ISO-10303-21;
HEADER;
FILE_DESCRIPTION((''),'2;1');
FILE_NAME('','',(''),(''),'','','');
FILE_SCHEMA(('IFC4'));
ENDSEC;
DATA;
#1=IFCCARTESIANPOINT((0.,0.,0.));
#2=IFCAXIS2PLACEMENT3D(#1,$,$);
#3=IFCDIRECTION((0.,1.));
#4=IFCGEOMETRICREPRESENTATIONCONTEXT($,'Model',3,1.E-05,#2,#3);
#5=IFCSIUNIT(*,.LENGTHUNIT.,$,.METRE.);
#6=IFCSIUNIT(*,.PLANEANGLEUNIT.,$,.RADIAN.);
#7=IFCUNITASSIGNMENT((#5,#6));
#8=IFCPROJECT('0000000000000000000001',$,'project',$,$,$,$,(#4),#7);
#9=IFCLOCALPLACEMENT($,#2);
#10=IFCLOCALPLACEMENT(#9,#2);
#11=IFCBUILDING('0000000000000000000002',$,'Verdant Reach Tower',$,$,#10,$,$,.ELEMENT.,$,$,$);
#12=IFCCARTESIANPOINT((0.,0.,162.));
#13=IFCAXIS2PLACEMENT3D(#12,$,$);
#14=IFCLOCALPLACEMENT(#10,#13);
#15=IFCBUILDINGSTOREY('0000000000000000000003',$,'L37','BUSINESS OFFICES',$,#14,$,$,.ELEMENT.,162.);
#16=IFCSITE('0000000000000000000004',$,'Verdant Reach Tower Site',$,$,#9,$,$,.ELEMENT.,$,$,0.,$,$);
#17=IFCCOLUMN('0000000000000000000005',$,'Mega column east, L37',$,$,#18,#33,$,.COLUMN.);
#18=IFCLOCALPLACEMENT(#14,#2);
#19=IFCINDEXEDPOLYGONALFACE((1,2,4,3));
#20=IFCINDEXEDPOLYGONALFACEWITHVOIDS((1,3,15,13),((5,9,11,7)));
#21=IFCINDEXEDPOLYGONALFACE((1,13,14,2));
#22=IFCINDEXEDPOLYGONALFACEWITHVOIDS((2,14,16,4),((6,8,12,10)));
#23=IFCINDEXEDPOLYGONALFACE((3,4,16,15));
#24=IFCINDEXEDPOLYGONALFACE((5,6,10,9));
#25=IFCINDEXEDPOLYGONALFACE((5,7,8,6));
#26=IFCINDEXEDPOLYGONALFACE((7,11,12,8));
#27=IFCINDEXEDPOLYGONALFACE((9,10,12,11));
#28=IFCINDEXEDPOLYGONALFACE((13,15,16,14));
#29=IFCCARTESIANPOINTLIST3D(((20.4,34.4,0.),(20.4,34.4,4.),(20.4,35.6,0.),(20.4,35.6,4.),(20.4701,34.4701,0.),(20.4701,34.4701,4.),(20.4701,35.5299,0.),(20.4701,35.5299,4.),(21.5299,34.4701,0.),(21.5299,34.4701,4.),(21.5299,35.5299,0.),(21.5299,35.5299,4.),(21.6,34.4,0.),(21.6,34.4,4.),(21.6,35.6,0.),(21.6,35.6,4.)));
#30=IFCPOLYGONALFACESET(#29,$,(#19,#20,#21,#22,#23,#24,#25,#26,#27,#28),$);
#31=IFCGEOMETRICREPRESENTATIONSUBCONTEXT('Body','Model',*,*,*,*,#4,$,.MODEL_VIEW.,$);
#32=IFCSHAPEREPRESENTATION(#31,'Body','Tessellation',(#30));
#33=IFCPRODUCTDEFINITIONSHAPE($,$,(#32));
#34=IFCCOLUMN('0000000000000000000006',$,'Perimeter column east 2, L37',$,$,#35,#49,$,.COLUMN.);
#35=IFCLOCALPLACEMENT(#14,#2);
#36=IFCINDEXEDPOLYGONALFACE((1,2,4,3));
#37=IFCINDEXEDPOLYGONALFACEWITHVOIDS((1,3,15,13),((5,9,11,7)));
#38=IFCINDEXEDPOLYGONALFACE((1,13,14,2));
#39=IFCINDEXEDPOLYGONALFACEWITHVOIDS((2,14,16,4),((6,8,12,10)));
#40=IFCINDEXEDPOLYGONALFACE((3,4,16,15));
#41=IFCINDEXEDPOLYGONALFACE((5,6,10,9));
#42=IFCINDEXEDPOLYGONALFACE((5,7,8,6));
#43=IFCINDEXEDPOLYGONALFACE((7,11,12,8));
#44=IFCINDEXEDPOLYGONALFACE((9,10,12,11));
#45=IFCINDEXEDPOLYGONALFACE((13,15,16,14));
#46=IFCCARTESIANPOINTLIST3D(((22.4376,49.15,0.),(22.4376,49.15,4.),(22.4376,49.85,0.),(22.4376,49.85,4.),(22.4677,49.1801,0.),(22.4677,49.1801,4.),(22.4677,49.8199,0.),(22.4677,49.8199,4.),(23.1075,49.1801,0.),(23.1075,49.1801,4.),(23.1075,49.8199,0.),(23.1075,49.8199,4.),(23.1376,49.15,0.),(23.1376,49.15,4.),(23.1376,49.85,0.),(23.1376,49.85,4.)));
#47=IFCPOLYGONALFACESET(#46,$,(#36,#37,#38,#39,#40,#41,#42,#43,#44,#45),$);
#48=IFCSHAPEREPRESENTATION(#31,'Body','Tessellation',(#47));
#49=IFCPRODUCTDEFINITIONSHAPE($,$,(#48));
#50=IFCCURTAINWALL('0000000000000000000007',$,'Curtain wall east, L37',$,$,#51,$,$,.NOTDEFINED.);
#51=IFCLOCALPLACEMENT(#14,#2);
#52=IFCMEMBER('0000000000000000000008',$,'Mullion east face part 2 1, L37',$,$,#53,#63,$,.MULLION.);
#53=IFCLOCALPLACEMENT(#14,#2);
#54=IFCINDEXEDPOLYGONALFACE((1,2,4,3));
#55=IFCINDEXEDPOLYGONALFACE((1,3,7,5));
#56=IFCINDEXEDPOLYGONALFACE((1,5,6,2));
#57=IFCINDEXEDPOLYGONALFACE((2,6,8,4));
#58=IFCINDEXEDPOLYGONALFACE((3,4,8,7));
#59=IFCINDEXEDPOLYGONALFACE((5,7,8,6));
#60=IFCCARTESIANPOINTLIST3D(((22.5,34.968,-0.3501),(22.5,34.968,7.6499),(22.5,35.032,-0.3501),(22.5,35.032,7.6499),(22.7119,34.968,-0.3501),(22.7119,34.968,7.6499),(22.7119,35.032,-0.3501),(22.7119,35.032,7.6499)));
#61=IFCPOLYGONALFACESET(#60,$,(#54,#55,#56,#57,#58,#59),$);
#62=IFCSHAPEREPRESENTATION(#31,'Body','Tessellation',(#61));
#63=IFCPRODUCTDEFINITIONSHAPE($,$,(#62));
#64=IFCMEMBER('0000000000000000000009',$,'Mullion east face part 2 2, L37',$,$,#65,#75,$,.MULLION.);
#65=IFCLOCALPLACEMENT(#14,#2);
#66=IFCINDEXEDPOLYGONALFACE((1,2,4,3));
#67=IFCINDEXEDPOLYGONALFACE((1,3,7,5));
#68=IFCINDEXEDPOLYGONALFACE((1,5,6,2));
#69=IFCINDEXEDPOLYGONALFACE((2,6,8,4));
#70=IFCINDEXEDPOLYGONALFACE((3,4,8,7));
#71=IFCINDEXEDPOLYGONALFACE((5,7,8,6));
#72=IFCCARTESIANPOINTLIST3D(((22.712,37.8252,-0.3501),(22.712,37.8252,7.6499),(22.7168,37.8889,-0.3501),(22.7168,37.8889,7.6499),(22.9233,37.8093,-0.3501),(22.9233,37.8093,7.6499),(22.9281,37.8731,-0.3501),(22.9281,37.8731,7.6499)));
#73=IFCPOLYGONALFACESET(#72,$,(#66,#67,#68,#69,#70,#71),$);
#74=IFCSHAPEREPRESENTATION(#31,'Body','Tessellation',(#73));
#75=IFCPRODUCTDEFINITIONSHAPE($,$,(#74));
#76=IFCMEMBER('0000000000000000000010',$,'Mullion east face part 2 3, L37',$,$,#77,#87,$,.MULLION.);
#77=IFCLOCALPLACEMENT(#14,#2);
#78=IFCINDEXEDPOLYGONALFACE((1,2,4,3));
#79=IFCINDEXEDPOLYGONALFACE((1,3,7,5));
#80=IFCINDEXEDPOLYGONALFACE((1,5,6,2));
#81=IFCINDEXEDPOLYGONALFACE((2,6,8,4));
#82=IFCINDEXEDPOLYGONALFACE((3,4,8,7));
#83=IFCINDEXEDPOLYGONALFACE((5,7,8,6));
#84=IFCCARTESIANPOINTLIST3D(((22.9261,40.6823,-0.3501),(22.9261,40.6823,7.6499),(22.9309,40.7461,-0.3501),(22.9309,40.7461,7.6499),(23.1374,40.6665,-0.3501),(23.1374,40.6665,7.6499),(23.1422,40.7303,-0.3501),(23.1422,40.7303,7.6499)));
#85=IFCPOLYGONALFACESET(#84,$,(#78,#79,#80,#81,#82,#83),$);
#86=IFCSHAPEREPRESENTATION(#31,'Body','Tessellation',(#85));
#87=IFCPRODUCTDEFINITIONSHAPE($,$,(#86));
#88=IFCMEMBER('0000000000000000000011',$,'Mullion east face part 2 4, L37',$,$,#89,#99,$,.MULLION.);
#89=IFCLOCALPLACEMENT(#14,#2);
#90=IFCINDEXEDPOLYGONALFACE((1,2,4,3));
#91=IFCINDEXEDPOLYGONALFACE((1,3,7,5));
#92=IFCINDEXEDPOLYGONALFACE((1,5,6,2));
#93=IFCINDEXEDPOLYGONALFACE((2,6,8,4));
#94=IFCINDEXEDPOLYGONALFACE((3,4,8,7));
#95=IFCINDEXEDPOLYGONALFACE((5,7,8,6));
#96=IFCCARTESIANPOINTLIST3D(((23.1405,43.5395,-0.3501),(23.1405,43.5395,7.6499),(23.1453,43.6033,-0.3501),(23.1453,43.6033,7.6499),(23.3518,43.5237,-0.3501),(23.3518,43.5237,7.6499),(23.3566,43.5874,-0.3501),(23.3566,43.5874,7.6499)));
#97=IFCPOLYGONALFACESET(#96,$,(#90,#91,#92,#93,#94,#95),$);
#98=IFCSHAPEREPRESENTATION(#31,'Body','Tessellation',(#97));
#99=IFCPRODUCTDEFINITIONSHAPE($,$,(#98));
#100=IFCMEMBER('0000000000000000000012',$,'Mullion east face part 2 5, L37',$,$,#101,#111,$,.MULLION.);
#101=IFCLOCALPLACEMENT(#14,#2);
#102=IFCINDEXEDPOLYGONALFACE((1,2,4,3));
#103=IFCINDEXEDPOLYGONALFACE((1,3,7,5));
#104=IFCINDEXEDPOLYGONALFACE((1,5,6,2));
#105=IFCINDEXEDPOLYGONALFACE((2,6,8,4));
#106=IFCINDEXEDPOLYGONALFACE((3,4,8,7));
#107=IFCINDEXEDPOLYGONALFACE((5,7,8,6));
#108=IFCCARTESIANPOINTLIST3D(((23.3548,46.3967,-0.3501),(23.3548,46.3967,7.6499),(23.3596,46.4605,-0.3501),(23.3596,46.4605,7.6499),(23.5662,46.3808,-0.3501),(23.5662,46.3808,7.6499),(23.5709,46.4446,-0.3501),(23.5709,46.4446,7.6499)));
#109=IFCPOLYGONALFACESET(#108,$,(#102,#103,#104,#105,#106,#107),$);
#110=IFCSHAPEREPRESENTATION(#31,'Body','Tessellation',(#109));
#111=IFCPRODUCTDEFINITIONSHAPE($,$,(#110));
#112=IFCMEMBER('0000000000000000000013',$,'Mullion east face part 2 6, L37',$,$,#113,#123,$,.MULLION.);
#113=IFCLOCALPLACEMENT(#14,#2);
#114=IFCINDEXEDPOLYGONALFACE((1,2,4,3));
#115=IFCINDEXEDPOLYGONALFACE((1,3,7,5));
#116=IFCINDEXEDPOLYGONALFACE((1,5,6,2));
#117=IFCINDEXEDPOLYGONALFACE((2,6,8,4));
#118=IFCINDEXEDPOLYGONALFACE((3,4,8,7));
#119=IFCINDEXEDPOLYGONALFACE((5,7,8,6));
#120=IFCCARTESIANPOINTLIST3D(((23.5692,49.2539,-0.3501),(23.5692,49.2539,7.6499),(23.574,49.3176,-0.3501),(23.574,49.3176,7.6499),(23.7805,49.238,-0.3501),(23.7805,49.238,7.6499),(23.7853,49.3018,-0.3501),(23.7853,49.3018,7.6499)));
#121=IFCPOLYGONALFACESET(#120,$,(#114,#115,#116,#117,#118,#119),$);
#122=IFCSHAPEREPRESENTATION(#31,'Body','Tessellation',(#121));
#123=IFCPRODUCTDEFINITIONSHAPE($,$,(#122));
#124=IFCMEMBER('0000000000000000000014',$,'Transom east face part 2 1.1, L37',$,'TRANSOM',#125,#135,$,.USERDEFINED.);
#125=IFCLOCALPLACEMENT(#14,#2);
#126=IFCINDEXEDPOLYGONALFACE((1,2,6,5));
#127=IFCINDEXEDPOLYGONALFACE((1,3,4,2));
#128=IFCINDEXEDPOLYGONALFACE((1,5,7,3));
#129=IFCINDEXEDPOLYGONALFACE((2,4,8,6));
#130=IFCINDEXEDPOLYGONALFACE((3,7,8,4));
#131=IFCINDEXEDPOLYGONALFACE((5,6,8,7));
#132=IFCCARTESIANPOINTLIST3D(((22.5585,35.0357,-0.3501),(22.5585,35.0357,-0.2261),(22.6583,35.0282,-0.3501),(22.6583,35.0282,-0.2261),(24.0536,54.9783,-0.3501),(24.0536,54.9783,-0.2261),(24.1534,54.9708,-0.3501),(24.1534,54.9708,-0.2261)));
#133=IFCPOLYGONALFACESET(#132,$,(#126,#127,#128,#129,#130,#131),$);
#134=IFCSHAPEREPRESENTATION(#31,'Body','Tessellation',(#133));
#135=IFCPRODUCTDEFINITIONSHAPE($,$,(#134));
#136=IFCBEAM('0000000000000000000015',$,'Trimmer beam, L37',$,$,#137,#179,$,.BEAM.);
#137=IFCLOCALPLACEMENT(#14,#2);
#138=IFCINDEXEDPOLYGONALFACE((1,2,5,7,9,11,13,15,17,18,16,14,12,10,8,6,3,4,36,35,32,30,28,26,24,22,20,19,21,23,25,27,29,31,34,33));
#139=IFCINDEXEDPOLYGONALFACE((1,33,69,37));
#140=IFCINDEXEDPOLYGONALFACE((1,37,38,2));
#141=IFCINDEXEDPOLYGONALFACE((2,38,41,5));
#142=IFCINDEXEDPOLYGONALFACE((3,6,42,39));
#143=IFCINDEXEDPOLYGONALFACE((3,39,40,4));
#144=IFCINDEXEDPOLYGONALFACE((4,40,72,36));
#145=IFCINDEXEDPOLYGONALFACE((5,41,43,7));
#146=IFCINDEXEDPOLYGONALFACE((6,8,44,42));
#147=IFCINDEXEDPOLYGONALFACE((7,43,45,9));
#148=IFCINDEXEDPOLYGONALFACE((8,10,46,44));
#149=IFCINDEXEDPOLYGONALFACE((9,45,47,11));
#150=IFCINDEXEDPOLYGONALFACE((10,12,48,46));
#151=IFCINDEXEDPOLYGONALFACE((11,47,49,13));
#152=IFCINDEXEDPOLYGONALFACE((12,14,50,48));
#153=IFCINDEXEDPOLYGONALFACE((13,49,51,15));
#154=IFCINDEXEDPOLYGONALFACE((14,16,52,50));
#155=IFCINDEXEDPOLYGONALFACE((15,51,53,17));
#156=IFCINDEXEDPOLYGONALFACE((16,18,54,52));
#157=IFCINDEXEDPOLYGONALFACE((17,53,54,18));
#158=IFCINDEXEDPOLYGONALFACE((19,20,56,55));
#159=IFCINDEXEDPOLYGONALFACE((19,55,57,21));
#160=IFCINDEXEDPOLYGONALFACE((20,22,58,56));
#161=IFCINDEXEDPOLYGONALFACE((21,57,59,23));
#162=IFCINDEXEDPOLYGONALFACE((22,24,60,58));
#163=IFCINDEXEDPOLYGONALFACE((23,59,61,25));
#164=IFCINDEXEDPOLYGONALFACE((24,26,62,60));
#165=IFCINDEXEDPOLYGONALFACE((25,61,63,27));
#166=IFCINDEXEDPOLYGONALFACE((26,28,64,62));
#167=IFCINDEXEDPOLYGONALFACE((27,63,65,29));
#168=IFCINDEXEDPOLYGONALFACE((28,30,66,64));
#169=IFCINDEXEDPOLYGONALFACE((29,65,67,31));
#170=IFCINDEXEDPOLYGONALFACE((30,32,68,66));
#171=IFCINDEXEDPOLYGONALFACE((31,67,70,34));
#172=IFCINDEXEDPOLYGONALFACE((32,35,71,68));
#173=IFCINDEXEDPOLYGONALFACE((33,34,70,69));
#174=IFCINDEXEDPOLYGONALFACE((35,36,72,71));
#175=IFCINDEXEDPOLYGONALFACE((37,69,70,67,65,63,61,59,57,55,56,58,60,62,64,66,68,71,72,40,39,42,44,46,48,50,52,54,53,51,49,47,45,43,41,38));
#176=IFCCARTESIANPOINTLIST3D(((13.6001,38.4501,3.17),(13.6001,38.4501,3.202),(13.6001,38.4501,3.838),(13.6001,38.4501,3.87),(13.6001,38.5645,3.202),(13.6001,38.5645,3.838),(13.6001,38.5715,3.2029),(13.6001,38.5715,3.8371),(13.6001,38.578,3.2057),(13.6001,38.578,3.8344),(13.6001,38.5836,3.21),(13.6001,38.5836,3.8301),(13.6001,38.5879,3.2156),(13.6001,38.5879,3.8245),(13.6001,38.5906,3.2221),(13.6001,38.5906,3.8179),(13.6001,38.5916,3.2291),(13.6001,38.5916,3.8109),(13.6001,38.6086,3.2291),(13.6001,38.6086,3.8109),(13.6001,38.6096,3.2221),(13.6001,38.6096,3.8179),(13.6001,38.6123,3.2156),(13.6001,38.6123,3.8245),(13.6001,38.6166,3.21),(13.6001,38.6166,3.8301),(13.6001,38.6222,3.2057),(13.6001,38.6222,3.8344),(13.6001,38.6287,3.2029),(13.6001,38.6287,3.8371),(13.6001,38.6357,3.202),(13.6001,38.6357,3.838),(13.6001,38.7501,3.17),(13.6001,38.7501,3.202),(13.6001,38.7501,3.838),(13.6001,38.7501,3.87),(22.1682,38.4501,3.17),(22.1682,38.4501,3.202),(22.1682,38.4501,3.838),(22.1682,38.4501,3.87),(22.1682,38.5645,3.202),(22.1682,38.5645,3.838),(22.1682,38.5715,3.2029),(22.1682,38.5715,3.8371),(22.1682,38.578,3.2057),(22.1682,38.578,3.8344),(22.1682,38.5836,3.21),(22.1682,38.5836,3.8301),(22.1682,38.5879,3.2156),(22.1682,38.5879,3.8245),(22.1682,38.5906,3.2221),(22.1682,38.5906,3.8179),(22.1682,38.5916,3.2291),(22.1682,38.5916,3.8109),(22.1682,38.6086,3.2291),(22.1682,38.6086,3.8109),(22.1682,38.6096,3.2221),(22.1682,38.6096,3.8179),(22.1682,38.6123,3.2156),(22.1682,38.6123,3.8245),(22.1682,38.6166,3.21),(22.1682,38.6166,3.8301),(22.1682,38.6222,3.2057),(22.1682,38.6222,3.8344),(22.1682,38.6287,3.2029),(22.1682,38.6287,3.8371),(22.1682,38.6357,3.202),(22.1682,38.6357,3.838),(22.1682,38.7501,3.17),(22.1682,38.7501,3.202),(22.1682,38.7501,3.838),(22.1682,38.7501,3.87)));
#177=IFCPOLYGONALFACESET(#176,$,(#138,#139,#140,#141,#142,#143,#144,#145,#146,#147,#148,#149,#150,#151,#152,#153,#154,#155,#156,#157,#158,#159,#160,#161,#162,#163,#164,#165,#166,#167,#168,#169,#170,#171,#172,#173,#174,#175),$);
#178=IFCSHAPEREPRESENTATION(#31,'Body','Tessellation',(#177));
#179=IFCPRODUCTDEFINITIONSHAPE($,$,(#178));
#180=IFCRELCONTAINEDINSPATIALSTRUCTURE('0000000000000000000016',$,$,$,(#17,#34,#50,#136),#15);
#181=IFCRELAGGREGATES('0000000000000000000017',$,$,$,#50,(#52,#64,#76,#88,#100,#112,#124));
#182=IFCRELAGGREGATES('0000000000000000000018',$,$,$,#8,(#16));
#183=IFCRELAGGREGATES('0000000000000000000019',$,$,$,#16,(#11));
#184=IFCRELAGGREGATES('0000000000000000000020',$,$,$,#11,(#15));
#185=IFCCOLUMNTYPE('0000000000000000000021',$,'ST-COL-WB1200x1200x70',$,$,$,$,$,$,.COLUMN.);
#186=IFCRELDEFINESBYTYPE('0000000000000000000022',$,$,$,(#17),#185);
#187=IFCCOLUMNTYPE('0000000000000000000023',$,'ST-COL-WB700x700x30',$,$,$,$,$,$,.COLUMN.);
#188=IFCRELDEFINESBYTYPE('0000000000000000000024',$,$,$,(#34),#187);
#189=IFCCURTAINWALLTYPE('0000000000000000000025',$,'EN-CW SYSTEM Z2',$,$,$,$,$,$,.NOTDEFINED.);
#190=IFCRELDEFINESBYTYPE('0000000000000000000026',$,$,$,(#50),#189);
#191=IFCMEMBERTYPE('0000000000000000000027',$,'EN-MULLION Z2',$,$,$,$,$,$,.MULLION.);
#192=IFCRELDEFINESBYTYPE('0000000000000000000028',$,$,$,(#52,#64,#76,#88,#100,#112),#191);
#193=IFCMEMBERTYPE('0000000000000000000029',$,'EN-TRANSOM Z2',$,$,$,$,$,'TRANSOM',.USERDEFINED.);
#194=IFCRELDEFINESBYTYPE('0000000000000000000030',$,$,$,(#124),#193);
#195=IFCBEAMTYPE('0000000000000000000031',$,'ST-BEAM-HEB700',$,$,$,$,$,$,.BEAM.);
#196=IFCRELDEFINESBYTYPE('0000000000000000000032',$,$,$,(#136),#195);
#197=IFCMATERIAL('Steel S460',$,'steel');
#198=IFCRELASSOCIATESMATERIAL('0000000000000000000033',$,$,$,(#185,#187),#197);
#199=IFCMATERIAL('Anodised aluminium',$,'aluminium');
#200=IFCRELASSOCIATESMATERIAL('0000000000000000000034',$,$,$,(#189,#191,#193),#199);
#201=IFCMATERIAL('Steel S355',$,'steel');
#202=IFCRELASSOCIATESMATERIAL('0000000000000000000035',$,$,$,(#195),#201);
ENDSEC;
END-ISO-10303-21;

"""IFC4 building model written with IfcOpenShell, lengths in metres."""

from ifc_helpers import new_model, si_unit, direction, frame, origin, origin_2d, place, context, subcontext, project, spatial, rectangle, hollow_rectangle, i_section, extrude, material, material_profile, profile_set, type_object, element, aggregate, save


model = new_model("IFC4")

# Units and contexts
model_context = context("Model", 3, precision=1e-05, world=origin(), true_north=direction((0.0, 1.0)))
body_context = subcontext(model_context, "Body", "Model", "MODEL_VIEW")
ifc_project = project(units=[si_unit("LENGTHUNIT", "METRE"), si_unit("PLANEANGLEUNIT", "RADIAN")], contexts=[model_context])

# Site, building, storey
site_placement = place(None, origin())
site = spatial("IfcSite", under=ifc_project, at=site_placement, Name="Verdant Reach Tower Site", CompositionType="ELEMENT", RefElevation=0.0)
building_placement = place(site_placement, origin())
building = spatial("IfcBuilding", under=site, at=building_placement, Name="Verdant Reach Tower", CompositionType="ELEMENT")
storey_placement = place(building_placement, frame((0.0, 0.0, 162.0)))
storey = spatial("IfcBuildingStorey", under=building, at=storey_placement, Name="L37", Description="BUSINESS OFFICES", CompositionType="ELEMENT", Elevation=162.0)

# Columns
ifc_material_1 = material(Name="Steel S460", Category="steel")
ifc_material_profile_1 = material_profile(ifc_material_1, hollow_rectangle(XDim=1.2, YDim=1.2, WallThickness=0.0701, at=origin_2d()), Name="WB 1200x1200x70")
ifc_profile_set_1 = profile_set([ifc_material_profile_1], Name="Steel S460")
column_type_1 = type_object("IfcColumnType", Name="ST-COL-WB1200x1200x70", PredefinedType="COLUMN", material=ifc_profile_set_1)
column_1_placement = place(storey_placement, frame((21.0, 35.0, 0.0), z_axis=(0.0, 0.0, 1.0), x_axis=(1.0, 0.0, 0.0)))
element("IfcColumn", 1, at=column_1_placement, inside=storey, type_object=column_type_1, Name="Mega column east, L37", PredefinedType="COLUMN", context=body_context, shape_type="SweptSolid", body=[
    extrude(hollow_rectangle(XDim=1.2, YDim=1.2, WallThickness=0.0701, at=origin_2d()), origin(), (0.0, 0.0, 1.0), 4.0),
])
ifc_material_profile_2 = material_profile(ifc_material_1, hollow_rectangle(XDim=0.7, YDim=0.7, WallThickness=0.03, at=origin_2d()), Name="WB 700x700x30")
ifc_profile_set_2 = profile_set([ifc_material_profile_2], Name="Steel S460")
column_type_2 = type_object("IfcColumnType", Name="ST-COL-WB700x700x30", PredefinedType="COLUMN", material=ifc_profile_set_2)
column_2_placement = place(storey_placement, frame((22.7876, 49.5, 0.0), z_axis=(0.0, 0.0, 1.0), x_axis=(1.0, 0.0, 0.0)))
element("IfcColumn", 2, at=column_2_placement, inside=storey, type_object=column_type_2, Name="Perimeter column east 2, L37", PredefinedType="COLUMN", context=body_context, shape_type="SweptSolid", body=[
    extrude(hollow_rectangle(XDim=0.7, YDim=0.7, WallThickness=0.03, at=origin_2d()), origin(), (0.0, 0.0, 1.0), 4.0),
])

# Curtain wall, members
ifc_material_2 = material(Name="Anodised aluminium", Category="aluminium")
curtain_wall_type = type_object("IfcCurtainWallType", Name="EN-CW SYSTEM Z2", PredefinedType="NOTDEFINED", material=ifc_material_2)
curtain_wall_placement = place(storey_placement, origin())
curtain_wall = element("IfcCurtainWall", 3, at=curtain_wall_placement, inside=storey, type_object=curtain_wall_type, Name="Curtain wall east, L37", PredefinedType="NOTDEFINED")
ifc_material_profile_3 = material_profile(ifc_material_2, rectangle(XDim=0.2119, YDim=0.064, at=origin_2d()), Name="Mullion 64x212")
ifc_profile_set_3 = profile_set([ifc_material_profile_3], Name="Anodised aluminium")
member_type_1 = type_object("IfcMemberType", Name="EN-MULLION Z2", PredefinedType="MULLION", material=ifc_profile_set_3)
member_1_placement = place(storey_placement, frame((22.606, 35.0, -0.3501), z_axis=(0.0, 0.0, 1.0), x_axis=(1.0, 0.0, 0.0)))
member_1 = element("IfcMember", 4, at=member_1_placement, type_object=member_type_1, Name="Mullion east face part 2 1, L37", PredefinedType="MULLION", context=body_context, shape_type="SweptSolid", body=[
    extrude(rectangle(XDim=0.2119, YDim=0.064, at=origin_2d()), origin(), (0.0, 0.0, 1.0), 8.0),
])
member_2_placement = place(storey_placement, frame((22.8201, 37.8491, -0.3501), z_axis=(0.0, 0.0, 1.0), x_axis=(0.997199, -0.07479, 0.0)))
member_2 = element("IfcMember", 5, at=member_2_placement, type_object=member_type_1, Name="Mullion east face part 2 2, L37", PredefinedType="MULLION", context=body_context, shape_type="SweptSolid", body=[
    extrude(rectangle(XDim=0.2119, YDim=0.064, at=origin_2d()), origin(), (0.0, 0.0, 1.0), 8.0),
])
member_3_placement = place(storey_placement, frame((23.0342, 40.7063, -0.3501), z_axis=(0.0, 0.0, 1.0), x_axis=(0.997199, -0.07479, 0.0)))
member_3 = element("IfcMember", 6, at=member_3_placement, type_object=member_type_1, Name="Mullion east face part 2 3, L37", PredefinedType="MULLION", context=body_context, shape_type="SweptSolid", body=[
    extrude(rectangle(XDim=0.2119, YDim=0.064, at=origin_2d()), origin(), (0.0, 0.0, 1.0), 8.0),
])
member_4_placement = place(storey_placement, frame((23.2485, 43.5635, -0.3501), z_axis=(0.0, 0.0, 1.0), x_axis=(0.997199, -0.07479, 0.0)))
member_4 = element("IfcMember", 7, at=member_4_placement, type_object=member_type_1, Name="Mullion east face part 2 4, L37", PredefinedType="MULLION", context=body_context, shape_type="SweptSolid", body=[
    extrude(rectangle(XDim=0.2119, YDim=0.064, at=origin_2d()), origin(), (0.0, 0.0, 1.0), 8.0),
])
member_5_placement = place(storey_placement, frame((23.4629, 46.4207, -0.3501), z_axis=(0.0, 0.0, 1.0), x_axis=(0.997199, -0.07479, 0.0)))
member_5 = element("IfcMember", 8, at=member_5_placement, type_object=member_type_1, Name="Mullion east face part 2 5, L37", PredefinedType="MULLION", context=body_context, shape_type="SweptSolid", body=[
    extrude(rectangle(XDim=0.2119, YDim=0.064, at=origin_2d()), origin(), (0.0, 0.0, 1.0), 8.0),
])
member_6_placement = place(storey_placement, frame((23.6772, 49.2778, -0.3501), z_axis=(0.0, 0.0, 1.0), x_axis=(0.997199, -0.07479, 0.0)))
member_6 = element("IfcMember", 9, at=member_6_placement, type_object=member_type_1, Name="Mullion east face part 2 6, L37", PredefinedType="MULLION", context=body_context, shape_type="SweptSolid", body=[
    extrude(rectangle(XDim=0.2119, YDim=0.064, at=origin_2d()), origin(), (0.0, 0.0, 1.0), 8.0),
])
ifc_material_profile_4 = material_profile(ifc_material_2, rectangle(XDim=0.1001, YDim=0.124, at=origin_2d()), Name="Transom 124x100")
ifc_profile_set_4 = profile_set([ifc_material_profile_4], Name="Anodised aluminium")
member_type_2 = type_object("IfcMemberType", Name="EN-TRANSOM Z2", ElementType="TRANSOM", PredefinedType="USERDEFINED", material=ifc_profile_set_4)
member_7_placement = place(storey_placement, frame((22.6084, 35.032, -0.2881), z_axis=(0.074761, 0.997201, 0.0), x_axis=(-0.997201, 0.074761, 0.0)))
member_7 = element("IfcMember", 10, at=member_7_placement, type_object=member_type_2, Name="Transom east face part 2 1.1, L37", ObjectType="TRANSOM", PredefinedType="USERDEFINED", context=body_context, shape_type="SweptSolid", body=[
    extrude(rectangle(XDim=0.1001, YDim=0.124, at=origin_2d()), origin(), (0.0, 0.0, 1.0), 19.9985),
])

# Beam
ifc_material_3 = material(Name="Steel S355", Category="steel")
ifc_material_profile_5 = material_profile(ifc_material_3, i_section(OverallWidth=0.3, OverallDepth=0.7, WebThickness=0.0171, FlangeThickness=0.032, FilletRadius=0.0271, at=origin_2d()), Name="HEB 700")
ifc_profile_set_5 = profile_set([ifc_material_profile_5], Name="Steel S355")
beam_type_1 = type_object("IfcBeamType", Name="ST-BEAM-HEB700", PredefinedType="BEAM", material=ifc_profile_set_5)
beam_1_placement = place(storey_placement, frame((13.6001, 38.6001, 3.52), z_axis=(1.0, 0.0, 0.0), x_axis=(0.0, 1.0, 0.0)))
element("IfcBeam", 11, at=beam_1_placement, inside=storey, type_object=beam_type_1, Name="Trimmer beam, L37", PredefinedType="BEAM", context=body_context, shape_type="SweptSolid", body=[
    extrude(i_section(OverallWidth=0.3, OverallDepth=0.7, WebThickness=0.0171, FlangeThickness=0.032, FilletRadius=0.0271, at=origin_2d()), origin(), (0.0, 0.0, 1.0), 8.5681),
])

aggregate(curtain_wall, [member_1, member_2, member_3, member_4, member_5, member_6, member_7])

save(model, "model.ifc")
